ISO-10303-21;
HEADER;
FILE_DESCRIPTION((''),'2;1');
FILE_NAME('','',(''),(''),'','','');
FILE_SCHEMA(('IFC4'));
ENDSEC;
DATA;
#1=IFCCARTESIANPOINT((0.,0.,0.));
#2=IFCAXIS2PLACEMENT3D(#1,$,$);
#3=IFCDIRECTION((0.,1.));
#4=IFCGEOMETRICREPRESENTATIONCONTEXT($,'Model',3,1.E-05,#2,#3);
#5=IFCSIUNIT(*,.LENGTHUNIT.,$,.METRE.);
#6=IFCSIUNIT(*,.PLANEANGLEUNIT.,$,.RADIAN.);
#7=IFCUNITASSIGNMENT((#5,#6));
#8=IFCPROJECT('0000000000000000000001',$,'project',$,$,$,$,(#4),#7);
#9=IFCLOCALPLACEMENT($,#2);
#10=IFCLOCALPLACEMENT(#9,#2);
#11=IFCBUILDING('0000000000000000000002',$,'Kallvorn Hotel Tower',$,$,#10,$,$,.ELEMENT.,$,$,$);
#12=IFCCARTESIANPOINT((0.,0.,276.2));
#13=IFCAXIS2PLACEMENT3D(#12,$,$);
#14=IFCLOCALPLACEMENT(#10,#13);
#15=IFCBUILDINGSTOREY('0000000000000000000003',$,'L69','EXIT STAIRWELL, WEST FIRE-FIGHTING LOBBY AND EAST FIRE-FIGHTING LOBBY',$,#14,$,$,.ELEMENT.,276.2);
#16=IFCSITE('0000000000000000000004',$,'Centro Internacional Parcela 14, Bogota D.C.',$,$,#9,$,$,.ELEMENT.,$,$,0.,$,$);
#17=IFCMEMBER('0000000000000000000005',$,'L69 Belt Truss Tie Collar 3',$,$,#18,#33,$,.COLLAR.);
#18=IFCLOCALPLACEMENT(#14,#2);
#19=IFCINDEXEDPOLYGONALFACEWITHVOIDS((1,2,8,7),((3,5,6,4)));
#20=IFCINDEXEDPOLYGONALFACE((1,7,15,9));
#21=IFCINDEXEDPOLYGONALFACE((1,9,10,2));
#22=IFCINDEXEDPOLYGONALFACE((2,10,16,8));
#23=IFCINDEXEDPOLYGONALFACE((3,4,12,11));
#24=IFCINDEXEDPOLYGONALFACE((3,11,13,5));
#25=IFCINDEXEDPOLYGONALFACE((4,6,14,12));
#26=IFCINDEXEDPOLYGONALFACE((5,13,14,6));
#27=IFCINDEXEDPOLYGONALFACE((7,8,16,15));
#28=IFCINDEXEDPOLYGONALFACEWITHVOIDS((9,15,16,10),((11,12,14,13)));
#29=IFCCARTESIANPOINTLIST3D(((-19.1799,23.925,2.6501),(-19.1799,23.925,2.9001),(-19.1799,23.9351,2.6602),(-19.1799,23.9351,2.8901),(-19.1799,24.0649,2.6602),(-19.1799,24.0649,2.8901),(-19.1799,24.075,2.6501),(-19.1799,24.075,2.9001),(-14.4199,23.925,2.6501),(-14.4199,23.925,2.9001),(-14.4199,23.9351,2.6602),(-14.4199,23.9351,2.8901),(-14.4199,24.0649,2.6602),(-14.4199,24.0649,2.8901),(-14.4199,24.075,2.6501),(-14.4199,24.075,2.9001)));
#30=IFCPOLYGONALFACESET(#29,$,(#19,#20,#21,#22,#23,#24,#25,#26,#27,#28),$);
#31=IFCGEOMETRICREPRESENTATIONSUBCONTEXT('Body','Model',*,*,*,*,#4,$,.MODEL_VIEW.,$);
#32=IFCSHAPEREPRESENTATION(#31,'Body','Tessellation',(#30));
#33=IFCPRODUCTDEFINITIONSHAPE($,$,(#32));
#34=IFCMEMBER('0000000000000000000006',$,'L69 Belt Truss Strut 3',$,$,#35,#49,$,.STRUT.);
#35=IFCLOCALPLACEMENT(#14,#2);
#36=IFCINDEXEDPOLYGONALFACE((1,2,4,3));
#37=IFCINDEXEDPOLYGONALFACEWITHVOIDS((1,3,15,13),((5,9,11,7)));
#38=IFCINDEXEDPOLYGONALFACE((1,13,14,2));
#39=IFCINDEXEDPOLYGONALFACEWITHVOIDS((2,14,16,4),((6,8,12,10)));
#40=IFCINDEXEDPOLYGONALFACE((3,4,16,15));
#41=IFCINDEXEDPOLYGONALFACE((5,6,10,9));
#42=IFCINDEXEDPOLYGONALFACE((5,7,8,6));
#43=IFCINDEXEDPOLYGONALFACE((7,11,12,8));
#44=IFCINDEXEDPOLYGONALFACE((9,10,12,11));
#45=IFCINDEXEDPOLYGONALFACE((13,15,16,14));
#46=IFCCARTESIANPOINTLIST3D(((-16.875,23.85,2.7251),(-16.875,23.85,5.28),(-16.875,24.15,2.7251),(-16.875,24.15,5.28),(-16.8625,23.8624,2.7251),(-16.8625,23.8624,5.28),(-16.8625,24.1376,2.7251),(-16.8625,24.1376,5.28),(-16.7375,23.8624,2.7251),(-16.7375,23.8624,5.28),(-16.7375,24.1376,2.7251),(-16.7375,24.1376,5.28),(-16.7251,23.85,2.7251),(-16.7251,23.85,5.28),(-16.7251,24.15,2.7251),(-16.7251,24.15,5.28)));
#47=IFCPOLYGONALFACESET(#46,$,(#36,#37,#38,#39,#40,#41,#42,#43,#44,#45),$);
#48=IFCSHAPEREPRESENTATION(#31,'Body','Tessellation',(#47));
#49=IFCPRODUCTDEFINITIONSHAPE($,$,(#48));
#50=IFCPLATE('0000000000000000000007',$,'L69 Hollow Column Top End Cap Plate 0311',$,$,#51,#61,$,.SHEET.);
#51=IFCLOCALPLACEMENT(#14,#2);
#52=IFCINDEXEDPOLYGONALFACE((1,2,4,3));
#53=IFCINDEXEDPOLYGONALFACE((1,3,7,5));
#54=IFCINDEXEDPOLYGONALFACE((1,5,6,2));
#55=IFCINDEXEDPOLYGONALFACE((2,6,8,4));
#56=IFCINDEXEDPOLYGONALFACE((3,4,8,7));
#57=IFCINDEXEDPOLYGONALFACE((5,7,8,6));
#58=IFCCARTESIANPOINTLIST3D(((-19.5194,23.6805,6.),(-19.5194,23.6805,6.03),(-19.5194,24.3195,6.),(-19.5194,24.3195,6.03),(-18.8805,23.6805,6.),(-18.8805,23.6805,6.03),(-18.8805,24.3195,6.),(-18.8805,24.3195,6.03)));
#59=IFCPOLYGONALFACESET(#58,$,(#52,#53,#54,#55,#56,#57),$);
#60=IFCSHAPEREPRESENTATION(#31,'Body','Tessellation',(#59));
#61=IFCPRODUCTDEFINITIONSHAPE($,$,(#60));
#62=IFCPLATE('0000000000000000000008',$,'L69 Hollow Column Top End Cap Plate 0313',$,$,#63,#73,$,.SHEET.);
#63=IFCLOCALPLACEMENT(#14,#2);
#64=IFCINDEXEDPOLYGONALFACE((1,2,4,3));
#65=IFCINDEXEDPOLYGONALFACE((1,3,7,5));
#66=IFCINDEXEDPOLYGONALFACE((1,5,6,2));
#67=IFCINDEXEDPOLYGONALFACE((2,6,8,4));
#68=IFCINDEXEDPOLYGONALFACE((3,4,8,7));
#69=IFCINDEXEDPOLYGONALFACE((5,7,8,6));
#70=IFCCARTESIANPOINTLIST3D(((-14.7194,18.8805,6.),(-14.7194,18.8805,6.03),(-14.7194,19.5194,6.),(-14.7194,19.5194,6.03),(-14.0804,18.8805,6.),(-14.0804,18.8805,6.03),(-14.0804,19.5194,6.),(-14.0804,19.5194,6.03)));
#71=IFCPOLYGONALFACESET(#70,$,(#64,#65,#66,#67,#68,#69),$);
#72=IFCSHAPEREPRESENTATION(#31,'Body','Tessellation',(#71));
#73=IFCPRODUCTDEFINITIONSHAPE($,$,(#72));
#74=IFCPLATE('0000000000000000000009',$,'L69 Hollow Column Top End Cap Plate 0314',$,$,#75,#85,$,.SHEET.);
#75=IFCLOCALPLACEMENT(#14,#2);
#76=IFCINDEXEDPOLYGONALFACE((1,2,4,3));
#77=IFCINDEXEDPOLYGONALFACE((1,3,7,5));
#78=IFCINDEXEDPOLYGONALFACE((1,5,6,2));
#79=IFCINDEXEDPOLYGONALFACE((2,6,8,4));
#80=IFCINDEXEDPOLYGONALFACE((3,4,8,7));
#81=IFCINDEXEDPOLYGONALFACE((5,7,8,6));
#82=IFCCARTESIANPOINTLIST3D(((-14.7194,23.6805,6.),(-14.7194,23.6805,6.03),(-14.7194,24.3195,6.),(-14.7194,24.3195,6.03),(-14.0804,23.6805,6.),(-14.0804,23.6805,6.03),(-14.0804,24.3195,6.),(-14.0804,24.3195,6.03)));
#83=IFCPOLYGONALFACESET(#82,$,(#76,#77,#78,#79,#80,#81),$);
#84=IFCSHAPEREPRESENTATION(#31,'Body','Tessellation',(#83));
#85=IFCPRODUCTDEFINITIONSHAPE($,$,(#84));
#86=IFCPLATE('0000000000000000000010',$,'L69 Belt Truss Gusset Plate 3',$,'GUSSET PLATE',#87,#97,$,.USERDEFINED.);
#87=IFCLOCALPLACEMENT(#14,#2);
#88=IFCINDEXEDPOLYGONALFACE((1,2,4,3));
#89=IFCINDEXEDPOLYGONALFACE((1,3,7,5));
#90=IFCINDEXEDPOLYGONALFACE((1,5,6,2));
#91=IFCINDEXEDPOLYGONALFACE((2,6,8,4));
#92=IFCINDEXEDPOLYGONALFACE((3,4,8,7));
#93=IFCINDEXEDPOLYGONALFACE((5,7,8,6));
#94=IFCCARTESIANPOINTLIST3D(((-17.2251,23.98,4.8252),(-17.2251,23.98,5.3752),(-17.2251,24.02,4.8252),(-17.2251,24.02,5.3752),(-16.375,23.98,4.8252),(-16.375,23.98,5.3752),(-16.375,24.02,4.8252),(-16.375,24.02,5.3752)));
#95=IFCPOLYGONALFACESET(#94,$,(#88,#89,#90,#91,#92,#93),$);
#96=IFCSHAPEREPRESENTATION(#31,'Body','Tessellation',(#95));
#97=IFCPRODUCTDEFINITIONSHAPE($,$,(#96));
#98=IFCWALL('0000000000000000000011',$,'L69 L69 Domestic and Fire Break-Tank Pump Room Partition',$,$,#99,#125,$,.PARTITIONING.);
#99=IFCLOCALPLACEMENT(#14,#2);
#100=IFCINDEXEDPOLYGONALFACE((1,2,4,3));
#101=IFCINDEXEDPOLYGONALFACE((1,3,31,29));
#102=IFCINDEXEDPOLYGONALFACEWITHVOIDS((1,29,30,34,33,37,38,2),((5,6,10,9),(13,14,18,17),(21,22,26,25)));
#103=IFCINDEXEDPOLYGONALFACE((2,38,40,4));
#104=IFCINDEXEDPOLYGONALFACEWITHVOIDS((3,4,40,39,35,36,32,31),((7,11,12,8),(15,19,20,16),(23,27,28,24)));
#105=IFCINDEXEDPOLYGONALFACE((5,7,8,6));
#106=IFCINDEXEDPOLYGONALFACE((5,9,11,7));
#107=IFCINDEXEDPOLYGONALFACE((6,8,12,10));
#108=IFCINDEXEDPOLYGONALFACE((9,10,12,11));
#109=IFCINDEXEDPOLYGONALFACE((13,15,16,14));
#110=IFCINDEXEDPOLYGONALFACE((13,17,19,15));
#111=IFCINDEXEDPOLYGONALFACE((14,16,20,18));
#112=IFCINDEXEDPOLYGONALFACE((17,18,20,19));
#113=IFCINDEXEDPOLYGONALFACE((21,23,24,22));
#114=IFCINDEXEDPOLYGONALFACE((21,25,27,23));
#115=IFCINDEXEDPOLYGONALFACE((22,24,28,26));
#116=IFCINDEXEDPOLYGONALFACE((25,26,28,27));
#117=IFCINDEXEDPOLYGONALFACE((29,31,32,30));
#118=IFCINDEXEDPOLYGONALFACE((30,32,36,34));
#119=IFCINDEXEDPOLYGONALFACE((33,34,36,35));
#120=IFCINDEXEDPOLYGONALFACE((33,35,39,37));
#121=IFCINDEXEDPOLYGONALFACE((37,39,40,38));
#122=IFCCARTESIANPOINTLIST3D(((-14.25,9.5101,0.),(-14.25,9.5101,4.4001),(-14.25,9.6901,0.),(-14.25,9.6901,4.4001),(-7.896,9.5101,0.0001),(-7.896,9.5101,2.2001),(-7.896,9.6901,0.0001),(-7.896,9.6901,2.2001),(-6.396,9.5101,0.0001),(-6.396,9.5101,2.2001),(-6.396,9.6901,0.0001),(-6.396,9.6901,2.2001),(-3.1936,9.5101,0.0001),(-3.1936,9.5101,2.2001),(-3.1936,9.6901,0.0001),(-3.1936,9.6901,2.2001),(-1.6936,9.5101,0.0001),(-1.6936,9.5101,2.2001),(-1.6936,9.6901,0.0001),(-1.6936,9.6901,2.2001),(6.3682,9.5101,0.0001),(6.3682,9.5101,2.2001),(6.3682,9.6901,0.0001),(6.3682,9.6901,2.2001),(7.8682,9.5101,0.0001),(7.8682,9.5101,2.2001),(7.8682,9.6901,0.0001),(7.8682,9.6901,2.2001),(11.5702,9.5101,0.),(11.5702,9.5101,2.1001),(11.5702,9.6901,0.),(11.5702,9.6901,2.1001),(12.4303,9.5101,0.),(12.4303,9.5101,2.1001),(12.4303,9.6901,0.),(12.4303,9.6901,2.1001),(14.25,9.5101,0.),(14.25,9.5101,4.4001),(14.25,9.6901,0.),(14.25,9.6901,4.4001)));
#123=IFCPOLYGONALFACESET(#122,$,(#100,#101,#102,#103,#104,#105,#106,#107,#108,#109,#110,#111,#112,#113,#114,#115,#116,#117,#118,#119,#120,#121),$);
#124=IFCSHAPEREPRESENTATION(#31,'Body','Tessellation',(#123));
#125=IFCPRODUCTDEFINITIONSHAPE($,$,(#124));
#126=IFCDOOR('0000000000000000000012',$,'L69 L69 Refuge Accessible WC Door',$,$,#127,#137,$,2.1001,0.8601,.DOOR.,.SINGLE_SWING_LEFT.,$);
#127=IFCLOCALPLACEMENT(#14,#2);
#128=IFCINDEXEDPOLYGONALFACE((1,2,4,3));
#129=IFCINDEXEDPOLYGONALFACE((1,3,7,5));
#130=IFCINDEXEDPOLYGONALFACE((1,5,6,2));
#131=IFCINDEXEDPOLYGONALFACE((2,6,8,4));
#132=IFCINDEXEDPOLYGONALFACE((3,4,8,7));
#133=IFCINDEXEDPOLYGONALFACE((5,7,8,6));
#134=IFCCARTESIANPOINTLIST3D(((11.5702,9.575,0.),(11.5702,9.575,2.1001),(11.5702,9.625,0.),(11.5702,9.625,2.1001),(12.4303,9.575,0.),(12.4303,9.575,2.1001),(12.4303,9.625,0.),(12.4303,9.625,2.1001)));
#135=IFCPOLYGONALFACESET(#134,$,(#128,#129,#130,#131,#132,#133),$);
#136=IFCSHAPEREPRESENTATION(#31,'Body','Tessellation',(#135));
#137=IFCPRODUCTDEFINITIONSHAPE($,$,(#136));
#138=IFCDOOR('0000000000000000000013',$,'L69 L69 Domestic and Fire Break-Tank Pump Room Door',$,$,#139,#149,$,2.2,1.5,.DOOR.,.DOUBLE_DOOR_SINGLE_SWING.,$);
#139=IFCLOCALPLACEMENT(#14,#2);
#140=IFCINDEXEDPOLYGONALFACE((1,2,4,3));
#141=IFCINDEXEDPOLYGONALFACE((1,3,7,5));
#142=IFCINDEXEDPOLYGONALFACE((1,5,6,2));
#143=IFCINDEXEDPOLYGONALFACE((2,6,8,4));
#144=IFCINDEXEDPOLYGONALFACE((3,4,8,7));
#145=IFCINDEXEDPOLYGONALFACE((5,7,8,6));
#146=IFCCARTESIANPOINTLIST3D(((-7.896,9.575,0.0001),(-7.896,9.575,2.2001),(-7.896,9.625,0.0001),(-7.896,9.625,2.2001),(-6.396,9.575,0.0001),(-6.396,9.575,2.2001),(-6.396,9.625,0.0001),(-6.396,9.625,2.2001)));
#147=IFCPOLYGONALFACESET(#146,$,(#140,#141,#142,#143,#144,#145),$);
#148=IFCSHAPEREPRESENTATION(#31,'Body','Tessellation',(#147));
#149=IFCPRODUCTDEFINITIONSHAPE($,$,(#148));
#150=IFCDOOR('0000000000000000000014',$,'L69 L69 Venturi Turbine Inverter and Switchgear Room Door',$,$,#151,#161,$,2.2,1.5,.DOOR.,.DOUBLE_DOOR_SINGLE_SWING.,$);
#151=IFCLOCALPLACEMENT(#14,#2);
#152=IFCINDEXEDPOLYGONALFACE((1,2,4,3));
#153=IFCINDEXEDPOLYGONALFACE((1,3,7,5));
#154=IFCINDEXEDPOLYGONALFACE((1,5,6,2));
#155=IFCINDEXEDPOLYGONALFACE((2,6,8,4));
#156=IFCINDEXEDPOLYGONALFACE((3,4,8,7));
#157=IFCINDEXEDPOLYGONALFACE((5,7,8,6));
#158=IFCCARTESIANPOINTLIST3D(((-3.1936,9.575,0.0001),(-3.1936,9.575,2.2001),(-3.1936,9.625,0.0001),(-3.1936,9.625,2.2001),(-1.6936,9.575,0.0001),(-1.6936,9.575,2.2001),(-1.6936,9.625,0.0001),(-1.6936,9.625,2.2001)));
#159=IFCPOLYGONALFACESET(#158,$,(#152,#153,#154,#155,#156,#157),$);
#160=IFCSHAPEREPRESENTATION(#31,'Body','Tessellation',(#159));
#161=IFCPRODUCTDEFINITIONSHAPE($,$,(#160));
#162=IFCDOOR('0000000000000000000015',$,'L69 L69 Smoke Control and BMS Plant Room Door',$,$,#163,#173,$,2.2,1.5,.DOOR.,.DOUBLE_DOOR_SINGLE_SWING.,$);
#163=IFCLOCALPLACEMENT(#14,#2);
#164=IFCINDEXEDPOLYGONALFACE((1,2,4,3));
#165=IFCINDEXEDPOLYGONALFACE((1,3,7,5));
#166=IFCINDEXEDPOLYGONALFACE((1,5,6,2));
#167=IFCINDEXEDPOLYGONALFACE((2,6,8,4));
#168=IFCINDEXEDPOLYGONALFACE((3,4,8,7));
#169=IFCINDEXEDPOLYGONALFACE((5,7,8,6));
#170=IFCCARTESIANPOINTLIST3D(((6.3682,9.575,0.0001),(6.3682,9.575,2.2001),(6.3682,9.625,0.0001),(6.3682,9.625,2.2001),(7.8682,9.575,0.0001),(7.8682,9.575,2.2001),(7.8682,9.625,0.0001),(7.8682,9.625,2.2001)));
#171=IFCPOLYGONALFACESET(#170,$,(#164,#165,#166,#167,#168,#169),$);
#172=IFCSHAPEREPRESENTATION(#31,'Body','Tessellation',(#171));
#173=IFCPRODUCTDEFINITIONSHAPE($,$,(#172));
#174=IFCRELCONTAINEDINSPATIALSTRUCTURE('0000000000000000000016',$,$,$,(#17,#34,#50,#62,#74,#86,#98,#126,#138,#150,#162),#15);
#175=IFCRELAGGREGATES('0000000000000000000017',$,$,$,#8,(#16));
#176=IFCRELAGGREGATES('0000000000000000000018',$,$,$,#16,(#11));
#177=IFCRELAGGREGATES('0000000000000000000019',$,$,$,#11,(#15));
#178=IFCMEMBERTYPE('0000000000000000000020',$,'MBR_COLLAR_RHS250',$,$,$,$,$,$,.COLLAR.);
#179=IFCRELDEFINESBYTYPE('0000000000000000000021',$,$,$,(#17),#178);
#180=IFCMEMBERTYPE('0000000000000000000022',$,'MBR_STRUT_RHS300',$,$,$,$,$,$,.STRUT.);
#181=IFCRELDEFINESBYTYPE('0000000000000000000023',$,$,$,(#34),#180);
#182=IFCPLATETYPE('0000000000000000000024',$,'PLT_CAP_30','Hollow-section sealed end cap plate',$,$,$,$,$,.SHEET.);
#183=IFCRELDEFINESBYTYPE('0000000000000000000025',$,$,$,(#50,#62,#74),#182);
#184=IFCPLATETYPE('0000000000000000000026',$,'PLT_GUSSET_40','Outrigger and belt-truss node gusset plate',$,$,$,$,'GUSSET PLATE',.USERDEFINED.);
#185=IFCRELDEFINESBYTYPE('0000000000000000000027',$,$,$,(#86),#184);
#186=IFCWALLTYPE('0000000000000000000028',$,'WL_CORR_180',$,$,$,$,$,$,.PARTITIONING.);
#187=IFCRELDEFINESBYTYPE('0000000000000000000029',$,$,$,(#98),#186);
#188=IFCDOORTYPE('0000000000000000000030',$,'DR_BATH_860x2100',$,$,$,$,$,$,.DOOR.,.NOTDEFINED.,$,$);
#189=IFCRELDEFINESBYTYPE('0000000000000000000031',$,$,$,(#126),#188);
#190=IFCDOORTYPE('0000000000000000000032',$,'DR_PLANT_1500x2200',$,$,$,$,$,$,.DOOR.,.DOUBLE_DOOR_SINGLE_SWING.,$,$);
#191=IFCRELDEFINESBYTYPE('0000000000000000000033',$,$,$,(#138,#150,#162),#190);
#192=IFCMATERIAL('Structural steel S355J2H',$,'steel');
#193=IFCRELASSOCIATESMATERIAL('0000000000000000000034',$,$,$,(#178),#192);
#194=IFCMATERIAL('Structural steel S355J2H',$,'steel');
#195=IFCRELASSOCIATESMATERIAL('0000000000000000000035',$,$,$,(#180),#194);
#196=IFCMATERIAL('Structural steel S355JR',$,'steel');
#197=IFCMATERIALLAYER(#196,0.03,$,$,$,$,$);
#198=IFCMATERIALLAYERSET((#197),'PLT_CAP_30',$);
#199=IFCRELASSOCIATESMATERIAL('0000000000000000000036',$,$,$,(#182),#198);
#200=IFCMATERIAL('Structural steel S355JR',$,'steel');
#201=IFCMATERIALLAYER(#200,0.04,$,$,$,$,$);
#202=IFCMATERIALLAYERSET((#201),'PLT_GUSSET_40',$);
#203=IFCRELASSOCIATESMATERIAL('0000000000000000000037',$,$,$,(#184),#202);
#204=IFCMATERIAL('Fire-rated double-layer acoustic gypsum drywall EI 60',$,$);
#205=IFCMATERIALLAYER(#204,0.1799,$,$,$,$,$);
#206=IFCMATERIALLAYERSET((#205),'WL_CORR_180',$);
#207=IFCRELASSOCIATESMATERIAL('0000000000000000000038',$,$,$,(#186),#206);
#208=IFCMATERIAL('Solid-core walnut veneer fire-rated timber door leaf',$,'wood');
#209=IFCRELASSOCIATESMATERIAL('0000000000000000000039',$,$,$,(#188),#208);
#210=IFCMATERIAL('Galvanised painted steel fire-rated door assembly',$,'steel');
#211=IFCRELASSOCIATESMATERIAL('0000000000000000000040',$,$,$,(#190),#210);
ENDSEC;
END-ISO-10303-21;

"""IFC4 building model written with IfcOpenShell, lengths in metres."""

from ifc_helpers import new_model, si_unit, direction, frame, frame_2d, origin, origin_2d, place, context, subcontext, project, spatial, rectangle, hollow_rectangle, extrude, material, layer, layer_set, material_profile, profile_set, type_object, element, fill, save


model = new_model("IFC4")

# Units and contexts
model_context = context("Model", 3, precision=1e-05, world=origin(), true_north=direction((0.0, 1.0)))
body_context = subcontext(model_context, "Body", "Model", "MODEL_VIEW")
ifc_project = project(units=[si_unit("LENGTHUNIT", "METRE"), si_unit("PLANEANGLEUNIT", "RADIAN")], contexts=[model_context])

# Site, building, storey
site_placement = place(None, origin())
site = spatial("IfcSite", under=ifc_project, at=site_placement, Name="Centro Internacional Parcela 14, Bogota D.C.", CompositionType="ELEMENT", RefElevation=0.0)
building_placement = place(site_placement, origin())
building = spatial("IfcBuilding", under=site, at=building_placement, Name="Kallvorn Hotel Tower", CompositionType="ELEMENT")
storey_placement = place(building_placement, frame((0.0, 0.0, 276.2)))
storey = spatial("IfcBuildingStorey", under=building, at=storey_placement, Name="L69", Description="EXIT STAIRWELL, WEST FIRE-FIGHTING LOBBY AND EAST FIRE-FIGHTING LOBBY", CompositionType="ELEMENT", Elevation=276.2)

# Members
ifc_material_1 = material(Name="Structural steel S355J2H", Category="steel")
ifc_material_profile_1 = material_profile(ifc_material_1, hollow_rectangle(XDim=0.1499, YDim=0.25, WallThickness=0.01, at=origin_2d()), Name="RHS 250x150x10")
ifc_profile_set_1 = profile_set([ifc_material_profile_1], Name="Structural steel S355J2H")
member_type_1 = type_object("IfcMemberType", Name="MBR_COLLAR_RHS250", PredefinedType="COLLAR", material=ifc_profile_set_1)
member_1_placement = place(storey_placement, frame((-19.1799, 24.0, 2.7751), z_axis=(1.0, 0.0, 0.0), x_axis=(0.0, 1.0, 0.0)))
element("IfcMember", 1, at=member_1_placement, inside=storey, type_object=member_type_1, Name="L69 Belt Truss Tie Collar 3", PredefinedType="COLLAR", context=body_context, shape_type="SweptSolid", body=[
    extrude(hollow_rectangle(XDim=0.1499, YDim=0.25, WallThickness=0.01, at=origin_2d()), origin(), (0.0, 0.0, 1.0), 4.76),
])
ifc_material_2 = material(Name="Structural steel S355J2H", Category="steel")
ifc_material_profile_2 = material_profile(ifc_material_2, hollow_rectangle(XDim=0.1499, YDim=0.3, WallThickness=0.0125, at=origin_2d()), Name="RHS 300x150x12.5")
ifc_profile_set_2 = profile_set([ifc_material_profile_2], Name="Structural steel S355J2H")
member_type_2 = type_object("IfcMemberType", Name="MBR_STRUT_RHS300", PredefinedType="STRUT", material=ifc_profile_set_2)
member_2_placement = place(storey_placement, frame((-16.8, 24.0, 2.7251), z_axis=(0.0, 0.0, 1.0), x_axis=(1.0, 0.0, 0.0)))
element("IfcMember", 2, at=member_2_placement, inside=storey, type_object=member_type_2, Name="L69 Belt Truss Strut 3", PredefinedType="STRUT", context=body_context, shape_type="SweptSolid", body=[
    extrude(hollow_rectangle(XDim=0.1499, YDim=0.3, WallThickness=0.0125, at=origin_2d()), origin(), (0.0, 0.0, 1.0), 2.5549),
])

# Plates
ifc_material_3 = material(Name="Structural steel S355JR", Category="steel")
ifc_layer_1 = layer(ifc_material_3, 0.03)
ifc_layer_set_1 = layer_set([ifc_layer_1], Name="PLT_CAP_30")
plate_type_1 = type_object("IfcPlateType", Name="PLT_CAP_30", Description="Hollow-section sealed end cap plate", PredefinedType="SHEET", material=ifc_layer_set_1)
for number, where, z_axis, x_axis, name in (
    (3, (-19.2, 24.0, 6.0), (0.0, 0.0, 1.0), (1.0, 0.0, 0.0), "L69 Hollow Column Top End Cap Plate 0311"),
    (4, (-14.3999, 19.2, 6.0), (0.0, 0.0, 1.0), (1.0, 0.0, 0.0), "L69 Hollow Column Top End Cap Plate 0313"),
    (5, (-14.3999, 24.0, 6.0), (0.0, 0.0, 1.0), (1.0, 0.0, 0.0), "L69 Hollow Column Top End Cap Plate 0314"),
):
    element("IfcPlate", number, at=place(storey_placement, frame(where, z_axis=z_axis, x_axis=x_axis)), inside=storey, type_object=plate_type_1, Name=name, PredefinedType="SHEET", context=body_context, shape_type="SweptSolid", body=[
        extrude(rectangle(XDim=0.6389, YDim=0.6389, at=origin_2d()), origin(), (0.0, 0.0, 1.0), 0.03),
    ])
ifc_material_4 = material(Name="Structural steel S355JR", Category="steel")
ifc_layer_2 = layer(ifc_material_4, 0.04)
ifc_layer_set_2 = layer_set([ifc_layer_2], Name="PLT_GUSSET_40")
plate_type_2 = type_object("IfcPlateType", Name="PLT_GUSSET_40", Description="Outrigger and belt-truss node gusset plate", ElementType="GUSSET PLATE", PredefinedType="USERDEFINED", material=ifc_layer_set_2)
plate_placement = place(storey_placement, frame((-16.8, 24.0, 4.8252), z_axis=(0.0, 0.0, 1.0), x_axis=(1.0, 0.0, 0.0)))
element("IfcPlate", 6, at=plate_placement, inside=storey, type_object=plate_type_2, Name="L69 Belt Truss Gusset Plate 3", ObjectType="GUSSET PLATE", PredefinedType="USERDEFINED", context=body_context, shape_type="SweptSolid", body=[
    extrude(rectangle(XDim=0.8501, YDim=0.04, at=origin_2d()), origin(), (0.0, 0.0, 1.0), 0.55),
])

# Wall, openings, doors
ifc_material_5 = material(Name="Fire-rated double-layer acoustic gypsum drywall EI 60")
ifc_layer_3 = layer(ifc_material_5, 0.1799)
ifc_layer_set_3 = layer_set([ifc_layer_3], Name="WL_CORR_180")
wall_type = type_object("IfcWallType", Name="WL_CORR_180", PredefinedType="PARTITIONING", material=ifc_layer_set_3)
wall_placement = place(storey_placement, frame((-14.25, 9.6001, 0.0), z_axis=(0.0, 0.0, 1.0), x_axis=(1.0, 0.0, 0.0)))
wall = element("IfcWall", 7, at=wall_placement, inside=storey, type_object=wall_type, Name="L69 L69 Domestic and Fire Break-Tank Pump Room Partition", PredefinedType="PARTITIONING", context=body_context, shape_type="SweptSolid", body=[
    extrude(rectangle(XDim=28.5, YDim=0.1799, at=frame_2d((14.25, 0.0))), origin(), (0.0, 0.0, 1.0), 4.4001),
])
opening_1_placement = place(wall_placement, frame((6.354, 0.0, 0.0)))
opening_1 = element("IfcOpeningElement", 8, at=opening_1_placement, cuts=wall, PredefinedType="OPENING", context=body_context, shape_type="SweptSolid", body=[
    extrude(rectangle(XDim=1.5, YDim=2.2, at=frame_2d((0.75, 1.1001))), frame((0.0, 0.1047, 0.0), z_axis=(0.0, -1.0, 0.0), x_axis=(1.0, 0.0, 0.0)), (0.0, 0.0, 1.0), 0.21),
])
opening_2_placement = place(wall_placement, frame((11.0564, 0.0, 0.0)))
opening_2 = element("IfcOpeningElement", 9, at=opening_2_placement, cuts=wall, PredefinedType="OPENING", context=body_context, shape_type="SweptSolid", body=[
    extrude(rectangle(XDim=1.5, YDim=2.2, at=frame_2d((0.75, 1.1001))), frame((0.0, 0.1047, 0.0), z_axis=(0.0, -1.0, 0.0), x_axis=(1.0, 0.0, 0.0)), (0.0, 0.0, 1.0), 0.21),
])
opening_3_placement = place(wall_placement, frame((20.6182, 0.0, 0.0)))
opening_3 = element("IfcOpeningElement", 10, at=opening_3_placement, cuts=wall, PredefinedType="OPENING", context=body_context, shape_type="SweptSolid", body=[
    extrude(rectangle(XDim=1.5, YDim=2.2, at=frame_2d((0.75, 1.1001))), frame((0.0, 0.1047, 0.0), z_axis=(0.0, -1.0, 0.0), x_axis=(1.0, 0.0, 0.0)), (0.0, 0.0, 1.0), 0.21),
])
opening_4_placement = place(wall_placement, frame((25.8201, 0.0, 0.0)))
opening_4 = element("IfcOpeningElement", 11, at=opening_4_placement, cuts=wall, PredefinedType="OPENING", context=body_context, shape_type="SweptSolid", body=[
    extrude(rectangle(XDim=0.8601, YDim=2.1001, at=frame_2d((0.4302, 1.05))), frame((0.0, 0.1047, 0.0), z_axis=(0.0, -1.0, 0.0), x_axis=(1.0, 0.0, 0.0)), (0.0, 0.0, 1.0), 0.21),
])
ifc_material_6 = material(Name="Solid-core walnut veneer fire-rated timber door leaf", Category="wood")
door_type_1 = type_object("IfcDoorType", Name="DR_BATH_860x2100", OperationType="NOTDEFINED", PredefinedType="DOOR", material=ifc_material_6)
door_1_placement = place(opening_4_placement, origin())
door_1 = element("IfcDoor", 12, at=door_1_placement, inside=storey, type_object=door_type_1, Name="L69 L69 Refuge Accessible WC Door", OperationType="SINGLE_SWING_LEFT", OverallHeight=2.1001, OverallWidth=0.8601, PredefinedType="DOOR", context=body_context, shape_type="SweptSolid", body=[
    extrude(rectangle(XDim=0.8601, YDim=2.1001, at=frame_2d((0.4302, 1.05))), frame((0.0, 0.0249, 0.0), z_axis=(0.0, -1.0, 0.0), x_axis=(1.0, 0.0, 0.0)), (0.0, 0.0, 1.0), 0.05),
])
fill(opening_4, door_1)
ifc_material_7 = material(Name="Galvanised painted steel fire-rated door assembly", Category="steel")
door_type_2 = type_object("IfcDoorType", Name="DR_PLANT_1500x2200", OperationType="DOUBLE_DOOR_SINGLE_SWING", PredefinedType="DOOR", material=ifc_material_7)
door_2_placement = place(opening_1_placement, origin())
door_2 = element("IfcDoor", 13, at=door_2_placement, inside=storey, type_object=door_type_2, Name="L69 L69 Domestic and Fire Break-Tank Pump Room Door", OperationType="DOUBLE_DOOR_SINGLE_SWING", OverallHeight=2.2, OverallWidth=1.5, PredefinedType="DOOR", context=body_context, shape_type="SweptSolid", body=[
    extrude(rectangle(XDim=1.5, YDim=2.2, at=frame_2d((0.75, 1.1001))), frame((0.0, 0.0249, 0.0), z_axis=(0.0, -1.0, 0.0), x_axis=(1.0, 0.0, 0.0)), (0.0, 0.0, 1.0), 0.05),
])
fill(opening_1, door_2)
door_3_placement = place(opening_2_placement, origin())
door_3 = element("IfcDoor", 14, at=door_3_placement, inside=storey, type_object=door_type_2, Name="L69 L69 Venturi Turbine Inverter and Switchgear Room Door", OperationType="DOUBLE_DOOR_SINGLE_SWING", OverallHeight=2.2, OverallWidth=1.5, PredefinedType="DOOR", context=body_context, shape_type="SweptSolid", body=[
    extrude(rectangle(XDim=1.5, YDim=2.2, at=frame_2d((0.75, 1.1001))), frame((0.0, 0.0249, 0.0), z_axis=(0.0, -1.0, 0.0), x_axis=(1.0, 0.0, 0.0)), (0.0, 0.0, 1.0), 0.05),
])
fill(opening_2, door_3)
door_4_placement = place(opening_3_placement, origin())
door_4 = element("IfcDoor", 15, at=door_4_placement, inside=storey, type_object=door_type_2, Name="L69 L69 Smoke Control and BMS Plant Room Door", OperationType="DOUBLE_DOOR_SINGLE_SWING", OverallHeight=2.2, OverallWidth=1.5, PredefinedType="DOOR", context=body_context, shape_type="SweptSolid", body=[
    extrude(rectangle(XDim=1.5, YDim=2.2, at=frame_2d((0.75, 1.1001))), frame((0.0, 0.0249, 0.0), z_axis=(0.0, -1.0, 0.0), x_axis=(1.0, 0.0, 0.0)), (0.0, 0.0, 1.0), 0.05),
])
fill(opening_3, door_4)

save(model, "model.ifc")
